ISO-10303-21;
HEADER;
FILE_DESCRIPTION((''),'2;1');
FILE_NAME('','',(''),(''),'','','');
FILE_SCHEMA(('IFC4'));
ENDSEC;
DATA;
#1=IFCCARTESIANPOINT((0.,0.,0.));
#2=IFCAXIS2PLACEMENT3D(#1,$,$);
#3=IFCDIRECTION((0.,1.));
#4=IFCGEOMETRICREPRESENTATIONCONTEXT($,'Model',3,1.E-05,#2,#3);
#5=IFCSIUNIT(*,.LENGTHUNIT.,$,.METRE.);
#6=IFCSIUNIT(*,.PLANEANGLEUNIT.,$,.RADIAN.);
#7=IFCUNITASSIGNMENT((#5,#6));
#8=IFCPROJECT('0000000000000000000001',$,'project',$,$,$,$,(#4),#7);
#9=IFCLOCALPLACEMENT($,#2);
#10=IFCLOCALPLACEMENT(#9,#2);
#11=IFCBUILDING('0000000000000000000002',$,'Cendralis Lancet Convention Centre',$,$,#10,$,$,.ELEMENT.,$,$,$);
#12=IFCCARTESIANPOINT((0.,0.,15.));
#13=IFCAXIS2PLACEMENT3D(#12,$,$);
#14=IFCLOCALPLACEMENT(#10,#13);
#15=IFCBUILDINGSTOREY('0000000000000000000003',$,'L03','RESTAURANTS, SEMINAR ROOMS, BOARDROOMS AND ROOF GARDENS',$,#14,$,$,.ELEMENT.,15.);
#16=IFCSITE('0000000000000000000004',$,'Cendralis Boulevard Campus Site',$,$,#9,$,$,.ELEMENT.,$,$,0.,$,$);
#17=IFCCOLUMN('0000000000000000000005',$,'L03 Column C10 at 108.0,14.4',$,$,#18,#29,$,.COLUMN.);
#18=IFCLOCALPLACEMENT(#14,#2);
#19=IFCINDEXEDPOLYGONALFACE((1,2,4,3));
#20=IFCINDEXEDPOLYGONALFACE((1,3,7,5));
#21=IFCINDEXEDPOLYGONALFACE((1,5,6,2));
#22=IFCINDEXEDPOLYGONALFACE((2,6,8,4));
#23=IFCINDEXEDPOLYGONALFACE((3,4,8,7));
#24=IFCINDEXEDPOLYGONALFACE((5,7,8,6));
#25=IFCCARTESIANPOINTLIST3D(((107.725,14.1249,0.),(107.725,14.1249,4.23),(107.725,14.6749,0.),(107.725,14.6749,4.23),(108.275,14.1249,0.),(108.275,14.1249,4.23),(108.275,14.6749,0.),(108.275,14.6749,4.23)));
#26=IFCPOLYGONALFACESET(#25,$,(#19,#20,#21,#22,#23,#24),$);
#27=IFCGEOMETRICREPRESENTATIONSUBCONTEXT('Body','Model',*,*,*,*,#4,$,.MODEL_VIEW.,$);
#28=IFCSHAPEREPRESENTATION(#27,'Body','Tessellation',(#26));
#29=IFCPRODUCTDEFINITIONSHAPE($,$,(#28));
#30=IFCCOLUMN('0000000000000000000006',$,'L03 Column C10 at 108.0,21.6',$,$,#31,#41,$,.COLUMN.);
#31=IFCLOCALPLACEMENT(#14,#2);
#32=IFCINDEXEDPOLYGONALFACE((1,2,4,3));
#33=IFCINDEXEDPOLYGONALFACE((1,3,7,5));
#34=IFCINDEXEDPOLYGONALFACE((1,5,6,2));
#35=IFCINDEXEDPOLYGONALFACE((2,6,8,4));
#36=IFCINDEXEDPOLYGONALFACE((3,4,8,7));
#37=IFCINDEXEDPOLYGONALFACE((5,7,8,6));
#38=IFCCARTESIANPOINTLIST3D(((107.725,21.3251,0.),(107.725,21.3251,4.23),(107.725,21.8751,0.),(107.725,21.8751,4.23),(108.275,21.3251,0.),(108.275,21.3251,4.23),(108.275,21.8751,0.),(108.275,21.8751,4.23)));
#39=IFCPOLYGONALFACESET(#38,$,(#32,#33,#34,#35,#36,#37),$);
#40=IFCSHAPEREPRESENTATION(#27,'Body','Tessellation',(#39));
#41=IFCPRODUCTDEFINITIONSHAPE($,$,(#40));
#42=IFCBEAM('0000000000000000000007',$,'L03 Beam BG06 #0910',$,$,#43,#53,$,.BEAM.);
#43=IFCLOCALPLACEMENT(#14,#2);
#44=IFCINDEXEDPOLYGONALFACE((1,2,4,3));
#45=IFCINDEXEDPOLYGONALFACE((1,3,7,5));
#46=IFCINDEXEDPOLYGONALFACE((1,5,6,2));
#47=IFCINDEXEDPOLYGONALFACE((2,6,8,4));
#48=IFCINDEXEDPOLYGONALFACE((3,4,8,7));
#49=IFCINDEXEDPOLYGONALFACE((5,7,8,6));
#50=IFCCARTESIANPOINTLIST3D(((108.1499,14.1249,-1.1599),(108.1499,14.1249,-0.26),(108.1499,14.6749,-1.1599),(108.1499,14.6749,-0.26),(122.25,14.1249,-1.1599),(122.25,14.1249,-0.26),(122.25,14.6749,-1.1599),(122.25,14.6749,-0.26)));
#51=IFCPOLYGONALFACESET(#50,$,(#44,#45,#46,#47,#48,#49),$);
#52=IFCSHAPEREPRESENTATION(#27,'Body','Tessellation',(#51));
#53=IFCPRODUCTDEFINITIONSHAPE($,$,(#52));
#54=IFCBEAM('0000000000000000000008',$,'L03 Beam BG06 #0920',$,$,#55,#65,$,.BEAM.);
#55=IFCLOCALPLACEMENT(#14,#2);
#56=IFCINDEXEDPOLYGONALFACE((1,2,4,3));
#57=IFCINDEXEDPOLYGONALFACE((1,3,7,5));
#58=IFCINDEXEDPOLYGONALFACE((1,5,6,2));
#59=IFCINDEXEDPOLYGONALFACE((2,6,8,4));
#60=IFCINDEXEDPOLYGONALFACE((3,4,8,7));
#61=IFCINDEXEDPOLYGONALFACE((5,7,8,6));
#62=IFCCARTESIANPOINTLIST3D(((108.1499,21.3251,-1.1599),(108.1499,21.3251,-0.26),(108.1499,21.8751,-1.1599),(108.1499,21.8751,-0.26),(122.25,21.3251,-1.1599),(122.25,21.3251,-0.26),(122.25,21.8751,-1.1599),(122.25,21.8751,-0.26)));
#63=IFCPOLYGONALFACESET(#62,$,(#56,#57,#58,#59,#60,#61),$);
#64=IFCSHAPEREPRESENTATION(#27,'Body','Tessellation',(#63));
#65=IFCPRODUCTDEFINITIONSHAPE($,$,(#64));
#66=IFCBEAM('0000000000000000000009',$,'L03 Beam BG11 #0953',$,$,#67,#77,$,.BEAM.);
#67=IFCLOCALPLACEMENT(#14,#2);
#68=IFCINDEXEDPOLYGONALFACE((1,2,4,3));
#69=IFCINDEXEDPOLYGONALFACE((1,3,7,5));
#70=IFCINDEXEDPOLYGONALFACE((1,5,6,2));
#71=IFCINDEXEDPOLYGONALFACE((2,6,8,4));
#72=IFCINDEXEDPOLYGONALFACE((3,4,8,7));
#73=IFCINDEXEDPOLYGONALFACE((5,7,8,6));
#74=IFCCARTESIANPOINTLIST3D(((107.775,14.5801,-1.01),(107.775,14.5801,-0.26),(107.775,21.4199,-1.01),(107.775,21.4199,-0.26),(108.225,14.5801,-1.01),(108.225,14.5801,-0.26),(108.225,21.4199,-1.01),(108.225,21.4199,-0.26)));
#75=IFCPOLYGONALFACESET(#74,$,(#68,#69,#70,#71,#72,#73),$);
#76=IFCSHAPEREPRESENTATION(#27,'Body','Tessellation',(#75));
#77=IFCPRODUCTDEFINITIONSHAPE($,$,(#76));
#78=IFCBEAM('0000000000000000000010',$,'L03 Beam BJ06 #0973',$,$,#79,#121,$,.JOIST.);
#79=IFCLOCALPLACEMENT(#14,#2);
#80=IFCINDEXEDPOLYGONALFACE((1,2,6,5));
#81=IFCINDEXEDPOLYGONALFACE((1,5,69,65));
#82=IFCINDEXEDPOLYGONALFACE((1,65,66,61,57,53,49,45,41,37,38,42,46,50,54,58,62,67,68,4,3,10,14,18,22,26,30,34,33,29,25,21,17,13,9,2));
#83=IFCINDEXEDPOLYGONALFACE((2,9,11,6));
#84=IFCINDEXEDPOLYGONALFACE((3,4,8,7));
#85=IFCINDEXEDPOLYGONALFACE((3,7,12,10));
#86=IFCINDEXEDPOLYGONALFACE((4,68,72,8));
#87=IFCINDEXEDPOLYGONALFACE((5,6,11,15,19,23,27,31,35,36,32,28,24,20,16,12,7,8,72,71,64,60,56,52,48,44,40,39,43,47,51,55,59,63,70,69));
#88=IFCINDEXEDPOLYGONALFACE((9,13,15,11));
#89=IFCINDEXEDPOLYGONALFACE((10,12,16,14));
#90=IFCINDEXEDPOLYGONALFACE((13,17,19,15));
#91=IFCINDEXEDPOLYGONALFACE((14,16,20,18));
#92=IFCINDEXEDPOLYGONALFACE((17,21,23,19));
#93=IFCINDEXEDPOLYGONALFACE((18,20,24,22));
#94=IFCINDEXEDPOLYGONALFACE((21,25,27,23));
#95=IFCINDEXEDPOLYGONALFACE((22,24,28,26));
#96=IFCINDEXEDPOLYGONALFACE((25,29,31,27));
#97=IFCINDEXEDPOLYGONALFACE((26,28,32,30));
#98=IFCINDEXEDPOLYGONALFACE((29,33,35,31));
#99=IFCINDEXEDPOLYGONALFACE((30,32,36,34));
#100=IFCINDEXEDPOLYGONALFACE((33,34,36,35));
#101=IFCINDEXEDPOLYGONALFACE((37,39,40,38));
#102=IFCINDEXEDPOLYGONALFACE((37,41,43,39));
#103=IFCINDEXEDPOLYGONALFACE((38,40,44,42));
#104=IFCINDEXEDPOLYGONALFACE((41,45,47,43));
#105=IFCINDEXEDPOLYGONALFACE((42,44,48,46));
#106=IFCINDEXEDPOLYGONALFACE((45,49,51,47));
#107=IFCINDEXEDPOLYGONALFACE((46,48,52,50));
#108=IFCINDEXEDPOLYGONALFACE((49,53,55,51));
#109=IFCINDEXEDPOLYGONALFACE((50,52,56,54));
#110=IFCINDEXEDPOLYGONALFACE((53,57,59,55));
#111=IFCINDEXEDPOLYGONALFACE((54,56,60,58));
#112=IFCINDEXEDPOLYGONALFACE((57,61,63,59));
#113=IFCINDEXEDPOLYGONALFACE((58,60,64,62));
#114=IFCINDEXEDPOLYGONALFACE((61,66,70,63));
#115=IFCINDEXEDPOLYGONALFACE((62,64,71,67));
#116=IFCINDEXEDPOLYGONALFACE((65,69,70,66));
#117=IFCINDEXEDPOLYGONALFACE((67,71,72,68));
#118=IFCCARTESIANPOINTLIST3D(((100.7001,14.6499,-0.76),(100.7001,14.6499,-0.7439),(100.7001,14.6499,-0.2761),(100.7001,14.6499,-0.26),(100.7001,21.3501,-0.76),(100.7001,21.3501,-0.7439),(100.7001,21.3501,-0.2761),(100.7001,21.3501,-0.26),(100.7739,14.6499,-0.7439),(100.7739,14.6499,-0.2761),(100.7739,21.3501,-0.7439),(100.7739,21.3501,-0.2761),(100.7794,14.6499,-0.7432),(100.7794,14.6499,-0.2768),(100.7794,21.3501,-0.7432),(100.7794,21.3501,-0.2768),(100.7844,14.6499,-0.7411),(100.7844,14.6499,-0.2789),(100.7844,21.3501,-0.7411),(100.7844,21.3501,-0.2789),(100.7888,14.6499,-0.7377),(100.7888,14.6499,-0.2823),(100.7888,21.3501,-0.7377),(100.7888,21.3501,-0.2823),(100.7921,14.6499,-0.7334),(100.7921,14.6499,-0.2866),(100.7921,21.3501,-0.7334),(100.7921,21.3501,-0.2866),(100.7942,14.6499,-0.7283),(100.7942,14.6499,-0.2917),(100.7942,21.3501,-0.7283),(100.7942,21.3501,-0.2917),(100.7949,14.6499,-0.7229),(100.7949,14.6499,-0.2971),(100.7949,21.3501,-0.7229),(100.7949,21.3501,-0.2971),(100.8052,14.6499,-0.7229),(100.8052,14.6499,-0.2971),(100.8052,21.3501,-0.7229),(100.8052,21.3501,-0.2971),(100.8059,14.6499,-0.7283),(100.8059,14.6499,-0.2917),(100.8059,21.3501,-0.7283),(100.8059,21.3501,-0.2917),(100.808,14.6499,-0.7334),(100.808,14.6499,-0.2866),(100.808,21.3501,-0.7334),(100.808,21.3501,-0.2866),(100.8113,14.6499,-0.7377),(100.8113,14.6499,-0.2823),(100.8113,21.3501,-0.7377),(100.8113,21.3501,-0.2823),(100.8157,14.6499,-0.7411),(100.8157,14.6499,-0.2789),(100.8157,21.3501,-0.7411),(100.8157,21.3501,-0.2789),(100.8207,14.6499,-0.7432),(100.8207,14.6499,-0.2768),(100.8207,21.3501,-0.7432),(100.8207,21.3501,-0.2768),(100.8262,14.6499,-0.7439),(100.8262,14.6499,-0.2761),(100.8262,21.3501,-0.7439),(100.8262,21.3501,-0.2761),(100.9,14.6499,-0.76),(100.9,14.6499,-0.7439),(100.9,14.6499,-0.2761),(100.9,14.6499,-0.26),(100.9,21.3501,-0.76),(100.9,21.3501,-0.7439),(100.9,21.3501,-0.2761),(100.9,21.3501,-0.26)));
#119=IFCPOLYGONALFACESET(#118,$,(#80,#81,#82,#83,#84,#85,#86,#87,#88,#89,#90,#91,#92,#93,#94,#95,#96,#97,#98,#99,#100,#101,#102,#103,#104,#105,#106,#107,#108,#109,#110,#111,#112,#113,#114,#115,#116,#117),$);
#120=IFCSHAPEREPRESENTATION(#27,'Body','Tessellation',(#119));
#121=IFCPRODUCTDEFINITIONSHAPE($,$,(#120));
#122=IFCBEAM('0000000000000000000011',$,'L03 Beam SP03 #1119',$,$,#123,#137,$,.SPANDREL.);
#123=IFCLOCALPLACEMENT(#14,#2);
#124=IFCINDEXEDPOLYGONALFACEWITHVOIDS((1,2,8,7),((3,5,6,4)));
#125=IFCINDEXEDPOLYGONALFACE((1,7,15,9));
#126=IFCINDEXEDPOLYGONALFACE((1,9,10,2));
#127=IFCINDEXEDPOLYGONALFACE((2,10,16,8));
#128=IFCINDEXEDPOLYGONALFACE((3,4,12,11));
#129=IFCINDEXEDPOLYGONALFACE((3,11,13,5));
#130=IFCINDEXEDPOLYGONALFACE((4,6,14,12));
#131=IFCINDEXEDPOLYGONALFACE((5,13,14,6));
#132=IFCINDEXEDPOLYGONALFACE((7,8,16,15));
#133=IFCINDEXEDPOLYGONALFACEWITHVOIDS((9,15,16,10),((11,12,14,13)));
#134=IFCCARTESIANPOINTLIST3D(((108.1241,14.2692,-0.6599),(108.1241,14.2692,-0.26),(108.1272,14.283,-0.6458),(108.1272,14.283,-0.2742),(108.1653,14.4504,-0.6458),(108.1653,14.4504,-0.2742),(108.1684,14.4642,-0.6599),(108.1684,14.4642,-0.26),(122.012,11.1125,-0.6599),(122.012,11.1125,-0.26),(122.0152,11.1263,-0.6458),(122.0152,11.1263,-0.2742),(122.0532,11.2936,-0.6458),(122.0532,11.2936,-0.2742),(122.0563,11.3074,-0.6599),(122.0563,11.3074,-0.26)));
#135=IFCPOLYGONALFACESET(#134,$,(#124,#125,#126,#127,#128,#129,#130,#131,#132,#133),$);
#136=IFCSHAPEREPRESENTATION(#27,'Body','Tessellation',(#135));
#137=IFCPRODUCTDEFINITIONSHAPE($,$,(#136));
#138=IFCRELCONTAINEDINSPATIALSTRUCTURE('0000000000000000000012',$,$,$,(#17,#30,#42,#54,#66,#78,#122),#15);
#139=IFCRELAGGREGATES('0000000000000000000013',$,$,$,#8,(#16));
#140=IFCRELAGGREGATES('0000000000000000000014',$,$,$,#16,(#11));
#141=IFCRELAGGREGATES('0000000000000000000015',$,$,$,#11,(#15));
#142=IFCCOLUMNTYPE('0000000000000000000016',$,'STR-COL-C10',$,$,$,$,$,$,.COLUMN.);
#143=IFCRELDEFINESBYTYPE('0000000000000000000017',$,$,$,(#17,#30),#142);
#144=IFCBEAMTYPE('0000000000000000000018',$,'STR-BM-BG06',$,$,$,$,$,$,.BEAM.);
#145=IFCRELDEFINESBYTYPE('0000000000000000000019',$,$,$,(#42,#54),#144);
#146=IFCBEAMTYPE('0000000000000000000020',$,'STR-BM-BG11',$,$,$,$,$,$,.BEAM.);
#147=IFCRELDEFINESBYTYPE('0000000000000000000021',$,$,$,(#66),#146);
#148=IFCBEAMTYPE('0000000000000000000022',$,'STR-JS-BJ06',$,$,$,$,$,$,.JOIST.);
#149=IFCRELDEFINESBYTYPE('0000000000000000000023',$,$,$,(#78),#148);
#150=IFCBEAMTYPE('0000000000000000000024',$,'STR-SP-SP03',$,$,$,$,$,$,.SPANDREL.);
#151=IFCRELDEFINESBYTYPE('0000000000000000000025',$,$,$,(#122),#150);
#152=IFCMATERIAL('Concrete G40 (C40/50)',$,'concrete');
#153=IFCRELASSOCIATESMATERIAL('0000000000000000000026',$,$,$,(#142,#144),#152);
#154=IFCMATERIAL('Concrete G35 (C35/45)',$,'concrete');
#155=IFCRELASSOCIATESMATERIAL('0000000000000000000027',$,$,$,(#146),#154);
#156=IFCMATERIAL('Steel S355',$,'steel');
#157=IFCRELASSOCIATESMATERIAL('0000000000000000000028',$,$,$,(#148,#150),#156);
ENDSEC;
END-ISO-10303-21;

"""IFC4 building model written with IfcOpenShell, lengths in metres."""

from ifc_helpers import new_model, si_unit, direction, frame, origin, origin_2d, place, context, subcontext, project, spatial, rectangle, hollow_rectangle, i_section, extrude, material, material_profile, profile_set, type_object, element, save


model = new_model("IFC4")

# Units and contexts
model_context = context("Model", 3, precision=1e-05, world=origin(), true_north=direction((0.0, 1.0)))
body_context = subcontext(model_context, "Body", "Model", "MODEL_VIEW")
ifc_project = project(units=[si_unit("LENGTHUNIT", "METRE"), si_unit("PLANEANGLEUNIT", "RADIAN")], contexts=[model_context])

# Site, building, storey
site_placement = place(None, origin())
site = spatial("IfcSite", under=ifc_project, at=site_placement, Name="Cendralis Boulevard Campus Site", CompositionType="ELEMENT", RefElevation=0.0)
building_placement = place(site_placement, origin())
building = spatial("IfcBuilding", under=site, at=building_placement, Name="Cendralis Lancet Convention Centre", CompositionType="ELEMENT")
storey_placement = place(building_placement, frame((0.0, 0.0, 15.0)))
storey = spatial("IfcBuildingStorey", under=building, at=storey_placement, Name="L03", Description="RESTAURANTS, SEMINAR ROOMS, BOARDROOMS AND ROOF GARDENS", CompositionType="ELEMENT", Elevation=15.0)

# Columns
ifc_material_1 = material(Name="Concrete G40 (C40/50)", Category="concrete")
ifc_material_profile_1 = material_profile(ifc_material_1, rectangle(XDim=0.55, YDim=0.55, at=origin_2d()), Name="RC 550x550")
ifc_profile_set_1 = profile_set([ifc_material_profile_1], Name="Concrete G40 (C40/50)")
column_type = type_object("IfcColumnType", Name="STR-COL-C10", PredefinedType="COLUMN", material=ifc_profile_set_1)
for number, where, z_axis, x_axis, name in (
    (1, (108.0, 14.3999, 0.0), (0.0, 0.0, 1.0), (1.0, 0.0, 0.0), "L03 Column C10 at 108.0,14.4"),
    (2, (108.0, 21.6001, 0.0), (0.0, 0.0, 1.0), (1.0, 0.0, 0.0), "L03 Column C10 at 108.0,21.6"),
):
    element("IfcColumn", number, at=place(storey_placement, frame(where, z_axis=z_axis, x_axis=x_axis)), inside=storey, type_object=column_type, Name=name, PredefinedType="COLUMN", context=body_context, shape_type="SweptSolid", body=[
        extrude(rectangle(XDim=0.55, YDim=0.55, at=origin_2d()), origin(), (0.0, 0.0, 1.0), 4.23),
    ])

# Beams
ifc_material_profile_2 = material_profile(ifc_material_1, rectangle(XDim=0.55, YDim=0.8999, at=origin_2d()), Name="RCB 550x900")
ifc_profile_set_2 = profile_set([ifc_material_profile_2], Name="Concrete G40 (C40/50)")
beam_type_1 = type_object("IfcBeamType", Name="STR-BM-BG06", PredefinedType="BEAM", material=ifc_profile_set_2)
for number, where, z_axis, x_axis, name in (
    (3, (108.1499, 14.3999, -0.71), (1.0, 0.0, 0.0), (0.0, 1.0, 0.0), "L03 Beam BG06 #0910"),
    (4, (108.1499, 21.6001, -0.71), (1.0, 0.0, 0.0), (0.0, 1.0, 0.0), "L03 Beam BG06 #0920"),
):
    element("IfcBeam", number, at=place(storey_placement, frame(where, z_axis=z_axis, x_axis=x_axis)), inside=storey, type_object=beam_type_1, Name=name, PredefinedType="BEAM", context=body_context, shape_type="SweptSolid", body=[
        extrude(rectangle(XDim=0.55, YDim=0.8999, at=origin_2d()), origin(), (0.0, 0.0, 1.0), 14.1001),
    ])
ifc_material_2 = material(Name="Concrete G35 (C35/45)", Category="concrete")
ifc_material_profile_3 = material_profile(ifc_material_2, rectangle(XDim=0.45, YDim=0.75, at=origin_2d()), Name="RCB 450x750")
ifc_profile_set_3 = profile_set([ifc_material_profile_3], Name="Concrete G35 (C35/45)")
beam_type_2 = type_object("IfcBeamType", Name="STR-BM-BG11", PredefinedType="BEAM", material=ifc_profile_set_3)
beam_1_placement = place(storey_placement, frame((108.0, 14.5801, -0.635), z_axis=(0.0, 1.0, 0.0), x_axis=(-1.0, 0.0, 0.0)))
element("IfcBeam", 5, at=beam_1_placement, inside=storey, type_object=beam_type_2, Name="L03 Beam BG11 #0953", PredefinedType="BEAM", context=body_context, shape_type="SweptSolid", body=[
    extrude(rectangle(XDim=0.45, YDim=0.75, at=origin_2d()), origin(), (0.0, 0.0, 1.0), 6.8398),
])
ifc_material_3 = material(Name="Steel S355", Category="steel")
ifc_material_profile_4 = material_profile(ifc_material_3, i_section(OverallWidth=0.2, OverallDepth=0.5, WebThickness=0.0103, FlangeThickness=0.0161, FilletRadius=0.021, at=origin_2d()), Name="IPE 500")
ifc_profile_set_4 = profile_set([ifc_material_profile_4], Name="Steel S355")
beam_type_3 = type_object("IfcBeamType", Name="STR-JS-BJ06", PredefinedType="JOIST", material=ifc_profile_set_4)
beam_2_placement = place(storey_placement, frame((100.8, 14.6499, -0.51), z_axis=(0.0, 1.0, 0.0), x_axis=(-1.0, 0.0, 0.0)))
element("IfcBeam", 6, at=beam_2_placement, inside=storey, type_object=beam_type_3, Name="L03 Beam BJ06 #0973", PredefinedType="JOIST", context=body_context, shape_type="SweptSolid", body=[
    extrude(i_section(OverallWidth=0.2, OverallDepth=0.5, WebThickness=0.0103, FlangeThickness=0.0161, FilletRadius=0.021, at=origin_2d()), origin(), (0.0, 0.0, 1.0), 6.7002),
])
ifc_material_profile_5 = material_profile(ifc_material_3, hollow_rectangle(XDim=0.2, YDim=0.3999, WallThickness=0.0142, at=origin_2d()), Name="RHS 400x200x14.2")
ifc_profile_set_5 = profile_set([ifc_material_profile_5], Name="Steel S355")
beam_type_4 = type_object("IfcBeamType", Name="STR-SP-SP03", PredefinedType="SPANDREL", material=ifc_profile_set_5)
beam_3_placement = place(storey_placement, frame((108.1462, 14.3667, -0.46), z_axis=(0.975127, -0.221647, 0.0), x_axis=(0.221647, 0.975127, 0.0)))
element("IfcBeam", 7, at=beam_3_placement, inside=storey, type_object=beam_type_4, Name="L03 Beam SP03 #1119", PredefinedType="SPANDREL", context=body_context, shape_type="SweptSolid", body=[
    extrude(hollow_rectangle(XDim=0.2, YDim=0.3999, WallThickness=0.0142, at=origin_2d()), origin(), (0.0, 0.0, 1.0), 14.2422),
])

save(model, "model.ifc")
